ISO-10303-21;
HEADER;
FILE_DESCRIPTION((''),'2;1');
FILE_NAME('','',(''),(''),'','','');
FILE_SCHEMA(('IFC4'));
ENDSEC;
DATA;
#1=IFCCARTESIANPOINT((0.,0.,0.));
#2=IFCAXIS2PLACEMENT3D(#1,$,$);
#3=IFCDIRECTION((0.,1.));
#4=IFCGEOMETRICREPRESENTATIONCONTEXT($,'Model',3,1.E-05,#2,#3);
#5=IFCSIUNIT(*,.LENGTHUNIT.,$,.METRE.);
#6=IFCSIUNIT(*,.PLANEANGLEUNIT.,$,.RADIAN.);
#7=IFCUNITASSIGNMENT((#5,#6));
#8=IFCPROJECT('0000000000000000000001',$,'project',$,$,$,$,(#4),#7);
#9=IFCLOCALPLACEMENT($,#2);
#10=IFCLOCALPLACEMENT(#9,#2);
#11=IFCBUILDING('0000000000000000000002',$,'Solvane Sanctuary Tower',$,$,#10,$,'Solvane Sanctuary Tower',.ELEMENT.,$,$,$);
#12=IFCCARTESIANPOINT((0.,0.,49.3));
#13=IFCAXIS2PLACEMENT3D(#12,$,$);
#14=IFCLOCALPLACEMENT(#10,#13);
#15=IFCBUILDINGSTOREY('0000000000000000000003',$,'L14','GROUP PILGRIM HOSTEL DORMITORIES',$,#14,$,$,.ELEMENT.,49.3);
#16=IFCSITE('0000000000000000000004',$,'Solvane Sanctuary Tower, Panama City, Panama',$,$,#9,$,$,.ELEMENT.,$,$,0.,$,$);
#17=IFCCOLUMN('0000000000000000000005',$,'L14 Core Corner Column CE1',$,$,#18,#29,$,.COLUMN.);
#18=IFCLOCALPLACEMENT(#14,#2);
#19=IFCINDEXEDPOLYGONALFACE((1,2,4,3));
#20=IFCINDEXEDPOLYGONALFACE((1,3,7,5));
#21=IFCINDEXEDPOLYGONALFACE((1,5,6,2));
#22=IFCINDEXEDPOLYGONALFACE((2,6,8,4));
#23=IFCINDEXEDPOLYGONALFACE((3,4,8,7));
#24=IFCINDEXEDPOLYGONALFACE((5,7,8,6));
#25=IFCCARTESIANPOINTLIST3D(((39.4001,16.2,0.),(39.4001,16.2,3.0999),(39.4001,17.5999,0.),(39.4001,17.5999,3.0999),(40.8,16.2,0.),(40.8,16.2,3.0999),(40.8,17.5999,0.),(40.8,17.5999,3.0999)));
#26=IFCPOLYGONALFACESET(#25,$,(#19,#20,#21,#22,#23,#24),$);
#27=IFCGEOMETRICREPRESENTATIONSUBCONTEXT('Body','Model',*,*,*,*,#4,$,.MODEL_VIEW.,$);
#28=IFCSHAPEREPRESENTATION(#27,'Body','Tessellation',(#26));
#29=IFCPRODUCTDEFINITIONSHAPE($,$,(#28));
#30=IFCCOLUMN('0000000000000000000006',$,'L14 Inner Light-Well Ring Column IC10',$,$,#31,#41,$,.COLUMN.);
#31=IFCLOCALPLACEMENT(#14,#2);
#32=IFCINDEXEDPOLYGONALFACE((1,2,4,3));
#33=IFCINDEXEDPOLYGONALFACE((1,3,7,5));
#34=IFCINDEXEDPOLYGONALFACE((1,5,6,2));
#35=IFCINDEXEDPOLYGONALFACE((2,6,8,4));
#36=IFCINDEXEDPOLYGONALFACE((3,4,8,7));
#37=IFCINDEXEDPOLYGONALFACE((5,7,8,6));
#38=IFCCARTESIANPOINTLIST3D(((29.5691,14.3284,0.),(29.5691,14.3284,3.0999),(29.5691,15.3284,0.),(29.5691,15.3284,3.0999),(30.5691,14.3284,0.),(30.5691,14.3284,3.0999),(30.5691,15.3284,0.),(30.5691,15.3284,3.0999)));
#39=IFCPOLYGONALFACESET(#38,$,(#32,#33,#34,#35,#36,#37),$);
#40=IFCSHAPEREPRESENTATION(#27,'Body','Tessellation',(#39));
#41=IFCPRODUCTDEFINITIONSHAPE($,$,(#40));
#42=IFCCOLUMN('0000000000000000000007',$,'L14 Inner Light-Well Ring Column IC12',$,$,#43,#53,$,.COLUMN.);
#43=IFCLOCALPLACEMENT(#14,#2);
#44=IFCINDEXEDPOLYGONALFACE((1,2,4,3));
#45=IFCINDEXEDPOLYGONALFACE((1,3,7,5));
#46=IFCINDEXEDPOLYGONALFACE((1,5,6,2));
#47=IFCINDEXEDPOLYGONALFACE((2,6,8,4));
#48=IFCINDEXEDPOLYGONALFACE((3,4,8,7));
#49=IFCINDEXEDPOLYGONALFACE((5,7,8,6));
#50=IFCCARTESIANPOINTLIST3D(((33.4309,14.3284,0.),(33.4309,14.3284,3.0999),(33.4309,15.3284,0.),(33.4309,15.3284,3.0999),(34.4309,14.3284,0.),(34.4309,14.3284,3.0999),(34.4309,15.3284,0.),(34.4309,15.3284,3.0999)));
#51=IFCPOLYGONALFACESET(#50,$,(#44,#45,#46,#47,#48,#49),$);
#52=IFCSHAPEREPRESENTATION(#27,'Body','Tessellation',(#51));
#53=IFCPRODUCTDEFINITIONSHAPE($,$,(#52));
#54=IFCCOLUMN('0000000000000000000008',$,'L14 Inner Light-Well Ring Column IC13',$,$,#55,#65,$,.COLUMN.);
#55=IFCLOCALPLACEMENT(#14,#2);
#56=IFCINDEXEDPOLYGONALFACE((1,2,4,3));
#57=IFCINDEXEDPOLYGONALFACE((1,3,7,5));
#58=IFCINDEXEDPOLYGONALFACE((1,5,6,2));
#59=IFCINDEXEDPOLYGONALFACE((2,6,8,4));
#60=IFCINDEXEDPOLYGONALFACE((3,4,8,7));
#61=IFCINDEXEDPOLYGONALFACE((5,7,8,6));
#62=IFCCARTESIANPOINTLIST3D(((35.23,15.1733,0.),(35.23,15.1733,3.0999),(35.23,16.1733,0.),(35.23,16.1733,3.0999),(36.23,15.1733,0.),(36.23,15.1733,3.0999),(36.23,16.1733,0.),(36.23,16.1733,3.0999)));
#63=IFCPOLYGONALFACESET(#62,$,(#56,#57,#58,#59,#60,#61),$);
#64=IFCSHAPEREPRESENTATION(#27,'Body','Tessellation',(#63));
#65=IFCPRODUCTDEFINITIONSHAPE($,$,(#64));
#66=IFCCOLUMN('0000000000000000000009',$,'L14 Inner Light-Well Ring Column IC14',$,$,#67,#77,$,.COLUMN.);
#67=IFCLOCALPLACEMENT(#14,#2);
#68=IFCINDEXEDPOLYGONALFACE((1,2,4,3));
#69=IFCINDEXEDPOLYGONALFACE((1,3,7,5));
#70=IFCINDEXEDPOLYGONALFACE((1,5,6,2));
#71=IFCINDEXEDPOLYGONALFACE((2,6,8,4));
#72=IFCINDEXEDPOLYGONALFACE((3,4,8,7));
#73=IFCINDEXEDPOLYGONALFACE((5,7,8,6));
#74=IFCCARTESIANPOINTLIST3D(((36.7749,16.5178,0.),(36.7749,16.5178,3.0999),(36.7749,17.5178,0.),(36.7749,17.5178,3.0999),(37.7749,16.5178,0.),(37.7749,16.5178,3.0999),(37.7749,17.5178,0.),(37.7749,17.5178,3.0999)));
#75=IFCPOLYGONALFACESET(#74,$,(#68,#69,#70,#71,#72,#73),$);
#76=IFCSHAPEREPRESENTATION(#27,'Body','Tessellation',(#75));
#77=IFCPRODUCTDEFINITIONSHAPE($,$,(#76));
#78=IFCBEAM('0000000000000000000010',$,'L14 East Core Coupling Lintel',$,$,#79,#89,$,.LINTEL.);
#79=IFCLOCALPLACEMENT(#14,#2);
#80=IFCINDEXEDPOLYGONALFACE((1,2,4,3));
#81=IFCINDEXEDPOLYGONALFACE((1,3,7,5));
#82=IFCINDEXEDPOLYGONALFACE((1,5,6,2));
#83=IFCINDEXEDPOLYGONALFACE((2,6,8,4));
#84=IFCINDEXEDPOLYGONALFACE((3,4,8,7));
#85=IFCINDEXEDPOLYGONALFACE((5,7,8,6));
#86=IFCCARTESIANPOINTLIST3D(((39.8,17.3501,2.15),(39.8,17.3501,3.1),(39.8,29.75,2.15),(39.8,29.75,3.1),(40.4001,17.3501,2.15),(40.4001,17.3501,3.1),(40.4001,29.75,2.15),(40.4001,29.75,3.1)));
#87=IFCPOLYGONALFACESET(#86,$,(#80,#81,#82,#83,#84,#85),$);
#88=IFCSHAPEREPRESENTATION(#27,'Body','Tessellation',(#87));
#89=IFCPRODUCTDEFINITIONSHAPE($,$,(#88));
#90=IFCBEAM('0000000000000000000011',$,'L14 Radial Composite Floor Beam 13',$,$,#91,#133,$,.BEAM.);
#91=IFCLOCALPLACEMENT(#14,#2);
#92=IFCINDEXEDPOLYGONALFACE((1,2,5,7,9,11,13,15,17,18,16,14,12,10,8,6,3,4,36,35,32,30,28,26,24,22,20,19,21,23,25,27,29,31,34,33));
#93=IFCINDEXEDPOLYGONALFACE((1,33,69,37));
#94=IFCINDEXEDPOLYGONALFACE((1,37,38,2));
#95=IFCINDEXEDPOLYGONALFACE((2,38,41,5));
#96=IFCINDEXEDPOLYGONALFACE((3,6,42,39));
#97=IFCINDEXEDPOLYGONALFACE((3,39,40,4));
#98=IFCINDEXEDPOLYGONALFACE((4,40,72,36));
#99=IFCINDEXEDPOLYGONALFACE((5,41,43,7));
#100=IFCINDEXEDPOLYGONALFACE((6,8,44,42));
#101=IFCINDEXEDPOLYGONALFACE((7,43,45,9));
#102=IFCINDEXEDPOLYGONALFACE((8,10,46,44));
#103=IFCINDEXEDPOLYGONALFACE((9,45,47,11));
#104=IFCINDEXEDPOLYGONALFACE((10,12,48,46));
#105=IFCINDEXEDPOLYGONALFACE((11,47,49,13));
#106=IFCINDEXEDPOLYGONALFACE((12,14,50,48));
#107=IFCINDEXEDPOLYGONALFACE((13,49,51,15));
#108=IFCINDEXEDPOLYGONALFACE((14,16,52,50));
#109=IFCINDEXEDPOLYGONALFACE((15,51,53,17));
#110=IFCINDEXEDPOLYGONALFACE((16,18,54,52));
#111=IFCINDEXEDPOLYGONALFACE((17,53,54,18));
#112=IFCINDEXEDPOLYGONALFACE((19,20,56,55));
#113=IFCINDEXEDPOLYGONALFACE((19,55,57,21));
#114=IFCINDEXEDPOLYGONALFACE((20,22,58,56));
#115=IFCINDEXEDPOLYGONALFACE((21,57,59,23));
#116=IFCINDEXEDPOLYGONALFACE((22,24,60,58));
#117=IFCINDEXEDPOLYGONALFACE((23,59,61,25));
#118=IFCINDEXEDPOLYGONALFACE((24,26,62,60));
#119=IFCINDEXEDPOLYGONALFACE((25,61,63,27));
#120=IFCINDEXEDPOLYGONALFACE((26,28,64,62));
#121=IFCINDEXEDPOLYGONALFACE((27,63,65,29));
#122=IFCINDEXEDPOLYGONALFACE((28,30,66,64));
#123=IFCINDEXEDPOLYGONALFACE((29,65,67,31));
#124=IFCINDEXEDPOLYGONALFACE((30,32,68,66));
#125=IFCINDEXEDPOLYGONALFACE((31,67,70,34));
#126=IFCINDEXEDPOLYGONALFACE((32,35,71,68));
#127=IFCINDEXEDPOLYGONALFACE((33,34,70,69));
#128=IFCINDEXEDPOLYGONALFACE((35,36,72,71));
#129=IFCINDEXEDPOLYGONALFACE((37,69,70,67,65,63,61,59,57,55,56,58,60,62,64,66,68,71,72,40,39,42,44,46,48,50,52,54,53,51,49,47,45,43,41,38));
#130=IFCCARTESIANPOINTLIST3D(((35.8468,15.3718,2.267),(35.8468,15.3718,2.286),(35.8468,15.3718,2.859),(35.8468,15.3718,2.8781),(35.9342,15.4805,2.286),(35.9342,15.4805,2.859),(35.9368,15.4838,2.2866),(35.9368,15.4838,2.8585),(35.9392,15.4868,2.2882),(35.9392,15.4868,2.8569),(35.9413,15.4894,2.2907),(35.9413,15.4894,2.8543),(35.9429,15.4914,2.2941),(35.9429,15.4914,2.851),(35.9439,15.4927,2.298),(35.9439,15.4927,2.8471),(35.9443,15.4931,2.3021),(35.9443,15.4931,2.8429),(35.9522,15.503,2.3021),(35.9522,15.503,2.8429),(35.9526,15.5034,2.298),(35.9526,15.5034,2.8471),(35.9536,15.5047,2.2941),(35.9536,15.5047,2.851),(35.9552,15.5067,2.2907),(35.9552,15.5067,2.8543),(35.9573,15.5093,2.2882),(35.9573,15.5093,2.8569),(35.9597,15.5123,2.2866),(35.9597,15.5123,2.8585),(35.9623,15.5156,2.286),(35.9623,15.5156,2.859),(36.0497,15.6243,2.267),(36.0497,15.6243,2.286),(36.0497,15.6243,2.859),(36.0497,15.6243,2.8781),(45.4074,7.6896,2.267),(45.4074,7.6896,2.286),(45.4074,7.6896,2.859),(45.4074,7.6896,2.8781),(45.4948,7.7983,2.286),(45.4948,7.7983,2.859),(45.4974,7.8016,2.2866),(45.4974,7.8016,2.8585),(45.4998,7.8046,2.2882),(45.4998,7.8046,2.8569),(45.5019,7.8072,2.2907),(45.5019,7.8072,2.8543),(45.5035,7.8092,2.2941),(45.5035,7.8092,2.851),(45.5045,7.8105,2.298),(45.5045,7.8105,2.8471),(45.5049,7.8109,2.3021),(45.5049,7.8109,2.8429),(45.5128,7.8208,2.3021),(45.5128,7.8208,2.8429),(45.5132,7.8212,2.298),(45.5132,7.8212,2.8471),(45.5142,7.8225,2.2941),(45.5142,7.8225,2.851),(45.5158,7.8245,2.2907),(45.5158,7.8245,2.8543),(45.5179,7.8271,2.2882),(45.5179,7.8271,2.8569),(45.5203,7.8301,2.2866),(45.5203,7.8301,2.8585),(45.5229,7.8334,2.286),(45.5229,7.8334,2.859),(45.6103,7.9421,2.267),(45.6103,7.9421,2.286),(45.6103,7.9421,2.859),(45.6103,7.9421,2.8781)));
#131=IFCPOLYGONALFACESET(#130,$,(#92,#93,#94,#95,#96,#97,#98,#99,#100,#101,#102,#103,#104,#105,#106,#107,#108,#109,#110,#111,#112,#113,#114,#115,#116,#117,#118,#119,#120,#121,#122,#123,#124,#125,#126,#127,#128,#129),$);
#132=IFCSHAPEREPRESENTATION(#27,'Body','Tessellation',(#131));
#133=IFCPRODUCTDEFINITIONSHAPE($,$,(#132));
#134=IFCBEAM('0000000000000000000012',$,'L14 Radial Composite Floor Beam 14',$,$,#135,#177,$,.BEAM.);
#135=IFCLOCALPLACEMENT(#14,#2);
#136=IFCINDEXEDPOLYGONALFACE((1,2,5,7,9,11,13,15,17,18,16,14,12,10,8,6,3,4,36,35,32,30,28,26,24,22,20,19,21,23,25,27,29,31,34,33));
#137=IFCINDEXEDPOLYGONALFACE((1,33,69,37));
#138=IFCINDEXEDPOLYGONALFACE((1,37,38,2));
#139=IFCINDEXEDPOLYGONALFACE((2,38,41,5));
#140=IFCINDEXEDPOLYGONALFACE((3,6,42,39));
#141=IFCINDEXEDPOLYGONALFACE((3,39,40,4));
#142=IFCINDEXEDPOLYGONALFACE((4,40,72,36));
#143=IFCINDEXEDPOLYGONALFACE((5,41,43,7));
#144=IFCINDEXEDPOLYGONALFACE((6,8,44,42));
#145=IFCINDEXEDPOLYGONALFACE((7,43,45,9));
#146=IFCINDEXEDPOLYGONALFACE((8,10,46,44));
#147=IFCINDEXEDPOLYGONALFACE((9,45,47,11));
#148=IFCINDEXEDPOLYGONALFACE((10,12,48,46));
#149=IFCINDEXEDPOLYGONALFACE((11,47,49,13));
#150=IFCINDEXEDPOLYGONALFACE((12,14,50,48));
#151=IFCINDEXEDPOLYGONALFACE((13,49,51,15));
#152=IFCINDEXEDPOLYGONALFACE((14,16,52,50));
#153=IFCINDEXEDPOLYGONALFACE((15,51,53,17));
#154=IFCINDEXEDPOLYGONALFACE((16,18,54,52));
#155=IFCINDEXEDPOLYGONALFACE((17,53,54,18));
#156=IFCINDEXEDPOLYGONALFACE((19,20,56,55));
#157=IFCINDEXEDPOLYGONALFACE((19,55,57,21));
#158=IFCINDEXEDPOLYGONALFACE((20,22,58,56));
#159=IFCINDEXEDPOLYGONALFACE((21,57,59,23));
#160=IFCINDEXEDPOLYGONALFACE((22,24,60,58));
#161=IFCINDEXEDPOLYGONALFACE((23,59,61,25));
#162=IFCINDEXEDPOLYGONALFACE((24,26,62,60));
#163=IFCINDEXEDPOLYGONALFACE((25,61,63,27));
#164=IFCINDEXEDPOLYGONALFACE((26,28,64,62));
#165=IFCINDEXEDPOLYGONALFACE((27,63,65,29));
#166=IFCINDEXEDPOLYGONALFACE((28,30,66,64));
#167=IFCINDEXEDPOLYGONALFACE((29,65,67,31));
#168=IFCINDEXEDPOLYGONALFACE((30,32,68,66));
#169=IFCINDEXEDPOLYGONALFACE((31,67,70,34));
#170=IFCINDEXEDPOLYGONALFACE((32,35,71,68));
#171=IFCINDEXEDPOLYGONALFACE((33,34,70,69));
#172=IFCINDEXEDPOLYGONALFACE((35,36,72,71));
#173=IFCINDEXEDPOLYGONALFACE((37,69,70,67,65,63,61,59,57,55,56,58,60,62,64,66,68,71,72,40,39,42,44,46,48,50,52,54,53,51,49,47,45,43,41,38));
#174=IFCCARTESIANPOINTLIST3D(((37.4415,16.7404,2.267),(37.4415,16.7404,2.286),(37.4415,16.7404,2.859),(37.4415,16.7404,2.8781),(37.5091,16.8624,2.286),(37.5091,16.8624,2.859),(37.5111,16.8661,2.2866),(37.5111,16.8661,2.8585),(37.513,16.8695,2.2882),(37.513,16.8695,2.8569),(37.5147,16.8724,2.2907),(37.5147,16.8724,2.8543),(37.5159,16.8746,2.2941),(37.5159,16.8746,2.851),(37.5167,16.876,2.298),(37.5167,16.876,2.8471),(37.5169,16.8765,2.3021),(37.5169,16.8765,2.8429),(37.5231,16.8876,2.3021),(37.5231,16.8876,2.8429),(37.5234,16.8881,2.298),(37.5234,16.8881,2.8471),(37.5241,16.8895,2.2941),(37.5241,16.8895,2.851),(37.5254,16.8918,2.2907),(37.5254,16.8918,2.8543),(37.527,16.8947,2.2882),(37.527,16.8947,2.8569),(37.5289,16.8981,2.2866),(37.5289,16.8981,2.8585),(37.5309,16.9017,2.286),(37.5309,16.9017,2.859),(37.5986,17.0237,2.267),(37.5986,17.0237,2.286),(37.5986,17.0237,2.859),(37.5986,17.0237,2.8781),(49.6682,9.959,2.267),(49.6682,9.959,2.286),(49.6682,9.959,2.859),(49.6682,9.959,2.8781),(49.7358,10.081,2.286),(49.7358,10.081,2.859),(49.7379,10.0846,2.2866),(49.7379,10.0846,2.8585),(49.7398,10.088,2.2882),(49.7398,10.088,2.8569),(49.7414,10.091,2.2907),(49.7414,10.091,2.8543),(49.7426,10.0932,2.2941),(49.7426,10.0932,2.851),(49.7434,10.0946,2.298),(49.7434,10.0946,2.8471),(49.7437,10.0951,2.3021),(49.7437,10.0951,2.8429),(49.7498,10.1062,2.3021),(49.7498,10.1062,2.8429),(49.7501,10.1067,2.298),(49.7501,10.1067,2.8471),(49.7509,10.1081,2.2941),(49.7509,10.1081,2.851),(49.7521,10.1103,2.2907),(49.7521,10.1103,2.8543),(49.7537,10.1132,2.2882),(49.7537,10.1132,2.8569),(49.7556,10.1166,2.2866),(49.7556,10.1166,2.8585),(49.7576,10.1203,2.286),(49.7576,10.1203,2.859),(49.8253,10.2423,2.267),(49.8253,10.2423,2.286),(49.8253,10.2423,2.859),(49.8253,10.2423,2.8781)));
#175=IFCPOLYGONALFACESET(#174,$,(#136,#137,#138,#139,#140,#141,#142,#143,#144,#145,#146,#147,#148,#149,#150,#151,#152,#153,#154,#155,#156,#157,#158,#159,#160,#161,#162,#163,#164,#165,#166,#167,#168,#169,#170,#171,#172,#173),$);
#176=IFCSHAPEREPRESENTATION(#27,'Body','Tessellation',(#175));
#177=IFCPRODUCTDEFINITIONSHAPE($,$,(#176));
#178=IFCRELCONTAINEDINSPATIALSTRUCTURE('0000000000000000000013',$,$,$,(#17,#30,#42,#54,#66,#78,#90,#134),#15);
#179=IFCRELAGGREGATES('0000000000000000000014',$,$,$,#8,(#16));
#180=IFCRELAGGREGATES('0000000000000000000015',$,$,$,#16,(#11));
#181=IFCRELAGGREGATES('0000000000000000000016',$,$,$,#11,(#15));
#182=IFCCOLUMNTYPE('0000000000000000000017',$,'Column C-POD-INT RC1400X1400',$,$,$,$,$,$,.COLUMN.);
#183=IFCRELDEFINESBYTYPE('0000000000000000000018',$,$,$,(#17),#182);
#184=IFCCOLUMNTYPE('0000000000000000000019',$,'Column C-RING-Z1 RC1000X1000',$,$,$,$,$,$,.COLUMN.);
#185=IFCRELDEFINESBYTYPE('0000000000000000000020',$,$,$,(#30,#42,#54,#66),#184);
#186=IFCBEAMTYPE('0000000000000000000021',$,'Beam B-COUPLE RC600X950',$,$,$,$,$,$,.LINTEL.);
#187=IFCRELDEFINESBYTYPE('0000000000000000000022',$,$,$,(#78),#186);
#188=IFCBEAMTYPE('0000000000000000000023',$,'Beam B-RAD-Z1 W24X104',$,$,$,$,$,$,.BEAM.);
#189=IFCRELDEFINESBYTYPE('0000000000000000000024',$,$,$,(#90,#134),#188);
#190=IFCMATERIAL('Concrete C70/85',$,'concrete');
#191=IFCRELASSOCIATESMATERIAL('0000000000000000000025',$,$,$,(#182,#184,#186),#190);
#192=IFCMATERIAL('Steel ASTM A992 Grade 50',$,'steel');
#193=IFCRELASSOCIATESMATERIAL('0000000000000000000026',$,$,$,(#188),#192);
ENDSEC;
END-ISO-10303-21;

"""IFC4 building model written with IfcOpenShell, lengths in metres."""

from ifc_helpers import new_model, si_unit, direction, frame, origin, origin_2d, place, context, subcontext, project, spatial, rectangle, i_section, extrude, material, material_profile, profile_set, type_object, element, save


model = new_model("IFC4")

# Units and contexts
model_context = context("Model", 3, precision=1e-05, world=origin(), true_north=direction((0.0, 1.0)))
body_context = subcontext(model_context, "Body", "Model", "MODEL_VIEW")
ifc_project = project(units=[si_unit("LENGTHUNIT", "METRE"), si_unit("PLANEANGLEUNIT", "RADIAN")], contexts=[model_context])

# Site, building, storey
site_placement = place(None, origin())
site = spatial("IfcSite", under=ifc_project, at=site_placement, Name="Solvane Sanctuary Tower, Panama City, Panama", CompositionType="ELEMENT", RefElevation=0.0)
building_placement = place(site_placement, origin())
building = spatial("IfcBuilding", under=site, at=building_placement, Name="Solvane Sanctuary Tower", LongName="Solvane Sanctuary Tower", CompositionType="ELEMENT")
storey_placement = place(building_placement, frame((0.0, 0.0, 49.3)))
storey = spatial("IfcBuildingStorey", under=building, at=storey_placement, Name="L14", Description="GROUP PILGRIM HOSTEL DORMITORIES", CompositionType="ELEMENT", Elevation=49.3)

# Columns
ifc_material_1 = material(Name="Concrete C70/85", Category="concrete")
ifc_material_profile_1 = material_profile(ifc_material_1, rectangle(XDim=1.3999, YDim=1.3999, at=origin_2d()), Name="RC1400X1400")
ifc_profile_set_1 = profile_set([ifc_material_profile_1], Name="Concrete C70/85")
column_type_1 = type_object("IfcColumnType", Name="Column C-POD-INT RC1400X1400", PredefinedType="COLUMN", material=ifc_profile_set_1)
column_placement = place(storey_placement, frame((40.1001, 16.8999, 0.0), z_axis=(0.0, 0.0, 1.0), x_axis=(1.0, 0.0, 0.0)))
element("IfcColumn", 1, at=column_placement, inside=storey, type_object=column_type_1, Name="L14 Core Corner Column CE1", PredefinedType="COLUMN", context=body_context, shape_type="SweptSolid", body=[
    extrude(rectangle(XDim=1.3999, YDim=1.3999, at=origin_2d()), origin(), (0.0, 0.0, 1.0), 3.0999),
])
ifc_material_profile_2 = material_profile(ifc_material_1, rectangle(XDim=1.0, YDim=1.0, at=origin_2d()), Name="RC1000X1000")
ifc_profile_set_2 = profile_set([ifc_material_profile_2], Name="Concrete C70/85")
column_type_2 = type_object("IfcColumnType", Name="Column C-RING-Z1 RC1000X1000", PredefinedType="COLUMN", material=ifc_profile_set_2)
for number, where, z_axis, x_axis, name in (
    (2, (30.0691, 14.8284, 0.0), (0.0, 0.0, 1.0), (1.0, 0.0, 0.0), "L14 Inner Light-Well Ring Column IC10"),
    (3, (33.9309, 14.8284, 0.0), (0.0, 0.0, 1.0), (1.0, 0.0, 0.0), "L14 Inner Light-Well Ring Column IC12"),
    (4, (35.73, 15.6733, 0.0), (0.0, 0.0, 1.0), (1.0, 0.0, 0.0), "L14 Inner Light-Well Ring Column IC13"),
    (5, (37.2749, 17.0178, 0.0), (0.0, 0.0, 1.0), (1.0, 0.0, 0.0), "L14 Inner Light-Well Ring Column IC14"),
):
    element("IfcColumn", number, at=place(storey_placement, frame(where, z_axis=z_axis, x_axis=x_axis)), inside=storey, type_object=column_type_2, Name=name, PredefinedType="COLUMN", context=body_context, shape_type="SweptSolid", body=[
        extrude(rectangle(XDim=1.0, YDim=1.0, at=origin_2d()), origin(), (0.0, 0.0, 1.0), 3.0999),
    ])

# Beams
ifc_material_profile_3 = material_profile(ifc_material_1, rectangle(XDim=0.6001, YDim=0.95, at=origin_2d()), Name="RC600X950")
ifc_profile_set_3 = profile_set([ifc_material_profile_3], Name="Concrete C70/85")
beam_type_1 = type_object("IfcBeamType", Name="Beam B-COUPLE RC600X950", PredefinedType="LINTEL", material=ifc_profile_set_3)
beam_1_placement = place(storey_placement, frame((40.1001, 17.3501, 2.625), z_axis=(0.0, 1.0, 0.0), x_axis=(-1.0, 0.0, 0.0)))
element("IfcBeam", 6, at=beam_1_placement, inside=storey, type_object=beam_type_1, Name="L14 East Core Coupling Lintel", PredefinedType="LINTEL", context=body_context, shape_type="SweptSolid", body=[
    extrude(rectangle(XDim=0.6001, YDim=0.95, at=origin_2d()), origin(), (0.0, 0.0, 1.0), 12.3999),
])
ifc_material_2 = material(Name="Steel ASTM A992 Grade 50", Category="steel")
ifc_material_profile_4 = material_profile(ifc_material_2, i_section(OverallWidth=0.324, OverallDepth=0.6111, WebThickness=0.0127, FlangeThickness=0.019, FilletRadius=0.0161, at=origin_2d()), Name="W24X104")
ifc_profile_set_4 = profile_set([ifc_material_profile_4], Name="Steel ASTM A992 Grade 50")
beam_type_2 = type_object("IfcBeamType", Name="Beam B-RAD-Z1 W24X104", PredefinedType="BEAM", material=ifc_profile_set_4)
beam_2_placement = place(storey_placement, frame((35.9482, 15.498, 2.5725), z_axis=(0.779527, -0.626369, 0.0), x_axis=(0.626369, 0.779527, 0.0)))
element("IfcBeam", 7, at=beam_2_placement, inside=storey, type_object=beam_type_2, Name="L14 Radial Composite Floor Beam 13", PredefinedType="BEAM", context=body_context, shape_type="SweptSolid", body=[
    extrude(i_section(OverallWidth=0.324, OverallDepth=0.6111, WebThickness=0.0127, FlangeThickness=0.019, FilletRadius=0.0161, at=origin_2d()), origin(), (0.0, 0.0, 1.0), 12.2646),
])
beam_3_placement = place(storey_placement, frame((37.52, 16.8821, 2.5725), z_axis=(0.874496, -0.485032, 0.0), x_axis=(0.485032, 0.874496, 0.0)))
element("IfcBeam", 8, at=beam_3_placement, inside=storey, type_object=beam_type_2, Name="L14 Radial Composite Floor Beam 14", PredefinedType="BEAM", context=body_context, shape_type="SweptSolid", body=[
    extrude(i_section(OverallWidth=0.324, OverallDepth=0.6111, WebThickness=0.0127, FlangeThickness=0.019, FilletRadius=0.0161, at=origin_2d()), origin(), (0.0, 0.0, 1.0), 13.9814),
])

save(model, "model.ifc")
